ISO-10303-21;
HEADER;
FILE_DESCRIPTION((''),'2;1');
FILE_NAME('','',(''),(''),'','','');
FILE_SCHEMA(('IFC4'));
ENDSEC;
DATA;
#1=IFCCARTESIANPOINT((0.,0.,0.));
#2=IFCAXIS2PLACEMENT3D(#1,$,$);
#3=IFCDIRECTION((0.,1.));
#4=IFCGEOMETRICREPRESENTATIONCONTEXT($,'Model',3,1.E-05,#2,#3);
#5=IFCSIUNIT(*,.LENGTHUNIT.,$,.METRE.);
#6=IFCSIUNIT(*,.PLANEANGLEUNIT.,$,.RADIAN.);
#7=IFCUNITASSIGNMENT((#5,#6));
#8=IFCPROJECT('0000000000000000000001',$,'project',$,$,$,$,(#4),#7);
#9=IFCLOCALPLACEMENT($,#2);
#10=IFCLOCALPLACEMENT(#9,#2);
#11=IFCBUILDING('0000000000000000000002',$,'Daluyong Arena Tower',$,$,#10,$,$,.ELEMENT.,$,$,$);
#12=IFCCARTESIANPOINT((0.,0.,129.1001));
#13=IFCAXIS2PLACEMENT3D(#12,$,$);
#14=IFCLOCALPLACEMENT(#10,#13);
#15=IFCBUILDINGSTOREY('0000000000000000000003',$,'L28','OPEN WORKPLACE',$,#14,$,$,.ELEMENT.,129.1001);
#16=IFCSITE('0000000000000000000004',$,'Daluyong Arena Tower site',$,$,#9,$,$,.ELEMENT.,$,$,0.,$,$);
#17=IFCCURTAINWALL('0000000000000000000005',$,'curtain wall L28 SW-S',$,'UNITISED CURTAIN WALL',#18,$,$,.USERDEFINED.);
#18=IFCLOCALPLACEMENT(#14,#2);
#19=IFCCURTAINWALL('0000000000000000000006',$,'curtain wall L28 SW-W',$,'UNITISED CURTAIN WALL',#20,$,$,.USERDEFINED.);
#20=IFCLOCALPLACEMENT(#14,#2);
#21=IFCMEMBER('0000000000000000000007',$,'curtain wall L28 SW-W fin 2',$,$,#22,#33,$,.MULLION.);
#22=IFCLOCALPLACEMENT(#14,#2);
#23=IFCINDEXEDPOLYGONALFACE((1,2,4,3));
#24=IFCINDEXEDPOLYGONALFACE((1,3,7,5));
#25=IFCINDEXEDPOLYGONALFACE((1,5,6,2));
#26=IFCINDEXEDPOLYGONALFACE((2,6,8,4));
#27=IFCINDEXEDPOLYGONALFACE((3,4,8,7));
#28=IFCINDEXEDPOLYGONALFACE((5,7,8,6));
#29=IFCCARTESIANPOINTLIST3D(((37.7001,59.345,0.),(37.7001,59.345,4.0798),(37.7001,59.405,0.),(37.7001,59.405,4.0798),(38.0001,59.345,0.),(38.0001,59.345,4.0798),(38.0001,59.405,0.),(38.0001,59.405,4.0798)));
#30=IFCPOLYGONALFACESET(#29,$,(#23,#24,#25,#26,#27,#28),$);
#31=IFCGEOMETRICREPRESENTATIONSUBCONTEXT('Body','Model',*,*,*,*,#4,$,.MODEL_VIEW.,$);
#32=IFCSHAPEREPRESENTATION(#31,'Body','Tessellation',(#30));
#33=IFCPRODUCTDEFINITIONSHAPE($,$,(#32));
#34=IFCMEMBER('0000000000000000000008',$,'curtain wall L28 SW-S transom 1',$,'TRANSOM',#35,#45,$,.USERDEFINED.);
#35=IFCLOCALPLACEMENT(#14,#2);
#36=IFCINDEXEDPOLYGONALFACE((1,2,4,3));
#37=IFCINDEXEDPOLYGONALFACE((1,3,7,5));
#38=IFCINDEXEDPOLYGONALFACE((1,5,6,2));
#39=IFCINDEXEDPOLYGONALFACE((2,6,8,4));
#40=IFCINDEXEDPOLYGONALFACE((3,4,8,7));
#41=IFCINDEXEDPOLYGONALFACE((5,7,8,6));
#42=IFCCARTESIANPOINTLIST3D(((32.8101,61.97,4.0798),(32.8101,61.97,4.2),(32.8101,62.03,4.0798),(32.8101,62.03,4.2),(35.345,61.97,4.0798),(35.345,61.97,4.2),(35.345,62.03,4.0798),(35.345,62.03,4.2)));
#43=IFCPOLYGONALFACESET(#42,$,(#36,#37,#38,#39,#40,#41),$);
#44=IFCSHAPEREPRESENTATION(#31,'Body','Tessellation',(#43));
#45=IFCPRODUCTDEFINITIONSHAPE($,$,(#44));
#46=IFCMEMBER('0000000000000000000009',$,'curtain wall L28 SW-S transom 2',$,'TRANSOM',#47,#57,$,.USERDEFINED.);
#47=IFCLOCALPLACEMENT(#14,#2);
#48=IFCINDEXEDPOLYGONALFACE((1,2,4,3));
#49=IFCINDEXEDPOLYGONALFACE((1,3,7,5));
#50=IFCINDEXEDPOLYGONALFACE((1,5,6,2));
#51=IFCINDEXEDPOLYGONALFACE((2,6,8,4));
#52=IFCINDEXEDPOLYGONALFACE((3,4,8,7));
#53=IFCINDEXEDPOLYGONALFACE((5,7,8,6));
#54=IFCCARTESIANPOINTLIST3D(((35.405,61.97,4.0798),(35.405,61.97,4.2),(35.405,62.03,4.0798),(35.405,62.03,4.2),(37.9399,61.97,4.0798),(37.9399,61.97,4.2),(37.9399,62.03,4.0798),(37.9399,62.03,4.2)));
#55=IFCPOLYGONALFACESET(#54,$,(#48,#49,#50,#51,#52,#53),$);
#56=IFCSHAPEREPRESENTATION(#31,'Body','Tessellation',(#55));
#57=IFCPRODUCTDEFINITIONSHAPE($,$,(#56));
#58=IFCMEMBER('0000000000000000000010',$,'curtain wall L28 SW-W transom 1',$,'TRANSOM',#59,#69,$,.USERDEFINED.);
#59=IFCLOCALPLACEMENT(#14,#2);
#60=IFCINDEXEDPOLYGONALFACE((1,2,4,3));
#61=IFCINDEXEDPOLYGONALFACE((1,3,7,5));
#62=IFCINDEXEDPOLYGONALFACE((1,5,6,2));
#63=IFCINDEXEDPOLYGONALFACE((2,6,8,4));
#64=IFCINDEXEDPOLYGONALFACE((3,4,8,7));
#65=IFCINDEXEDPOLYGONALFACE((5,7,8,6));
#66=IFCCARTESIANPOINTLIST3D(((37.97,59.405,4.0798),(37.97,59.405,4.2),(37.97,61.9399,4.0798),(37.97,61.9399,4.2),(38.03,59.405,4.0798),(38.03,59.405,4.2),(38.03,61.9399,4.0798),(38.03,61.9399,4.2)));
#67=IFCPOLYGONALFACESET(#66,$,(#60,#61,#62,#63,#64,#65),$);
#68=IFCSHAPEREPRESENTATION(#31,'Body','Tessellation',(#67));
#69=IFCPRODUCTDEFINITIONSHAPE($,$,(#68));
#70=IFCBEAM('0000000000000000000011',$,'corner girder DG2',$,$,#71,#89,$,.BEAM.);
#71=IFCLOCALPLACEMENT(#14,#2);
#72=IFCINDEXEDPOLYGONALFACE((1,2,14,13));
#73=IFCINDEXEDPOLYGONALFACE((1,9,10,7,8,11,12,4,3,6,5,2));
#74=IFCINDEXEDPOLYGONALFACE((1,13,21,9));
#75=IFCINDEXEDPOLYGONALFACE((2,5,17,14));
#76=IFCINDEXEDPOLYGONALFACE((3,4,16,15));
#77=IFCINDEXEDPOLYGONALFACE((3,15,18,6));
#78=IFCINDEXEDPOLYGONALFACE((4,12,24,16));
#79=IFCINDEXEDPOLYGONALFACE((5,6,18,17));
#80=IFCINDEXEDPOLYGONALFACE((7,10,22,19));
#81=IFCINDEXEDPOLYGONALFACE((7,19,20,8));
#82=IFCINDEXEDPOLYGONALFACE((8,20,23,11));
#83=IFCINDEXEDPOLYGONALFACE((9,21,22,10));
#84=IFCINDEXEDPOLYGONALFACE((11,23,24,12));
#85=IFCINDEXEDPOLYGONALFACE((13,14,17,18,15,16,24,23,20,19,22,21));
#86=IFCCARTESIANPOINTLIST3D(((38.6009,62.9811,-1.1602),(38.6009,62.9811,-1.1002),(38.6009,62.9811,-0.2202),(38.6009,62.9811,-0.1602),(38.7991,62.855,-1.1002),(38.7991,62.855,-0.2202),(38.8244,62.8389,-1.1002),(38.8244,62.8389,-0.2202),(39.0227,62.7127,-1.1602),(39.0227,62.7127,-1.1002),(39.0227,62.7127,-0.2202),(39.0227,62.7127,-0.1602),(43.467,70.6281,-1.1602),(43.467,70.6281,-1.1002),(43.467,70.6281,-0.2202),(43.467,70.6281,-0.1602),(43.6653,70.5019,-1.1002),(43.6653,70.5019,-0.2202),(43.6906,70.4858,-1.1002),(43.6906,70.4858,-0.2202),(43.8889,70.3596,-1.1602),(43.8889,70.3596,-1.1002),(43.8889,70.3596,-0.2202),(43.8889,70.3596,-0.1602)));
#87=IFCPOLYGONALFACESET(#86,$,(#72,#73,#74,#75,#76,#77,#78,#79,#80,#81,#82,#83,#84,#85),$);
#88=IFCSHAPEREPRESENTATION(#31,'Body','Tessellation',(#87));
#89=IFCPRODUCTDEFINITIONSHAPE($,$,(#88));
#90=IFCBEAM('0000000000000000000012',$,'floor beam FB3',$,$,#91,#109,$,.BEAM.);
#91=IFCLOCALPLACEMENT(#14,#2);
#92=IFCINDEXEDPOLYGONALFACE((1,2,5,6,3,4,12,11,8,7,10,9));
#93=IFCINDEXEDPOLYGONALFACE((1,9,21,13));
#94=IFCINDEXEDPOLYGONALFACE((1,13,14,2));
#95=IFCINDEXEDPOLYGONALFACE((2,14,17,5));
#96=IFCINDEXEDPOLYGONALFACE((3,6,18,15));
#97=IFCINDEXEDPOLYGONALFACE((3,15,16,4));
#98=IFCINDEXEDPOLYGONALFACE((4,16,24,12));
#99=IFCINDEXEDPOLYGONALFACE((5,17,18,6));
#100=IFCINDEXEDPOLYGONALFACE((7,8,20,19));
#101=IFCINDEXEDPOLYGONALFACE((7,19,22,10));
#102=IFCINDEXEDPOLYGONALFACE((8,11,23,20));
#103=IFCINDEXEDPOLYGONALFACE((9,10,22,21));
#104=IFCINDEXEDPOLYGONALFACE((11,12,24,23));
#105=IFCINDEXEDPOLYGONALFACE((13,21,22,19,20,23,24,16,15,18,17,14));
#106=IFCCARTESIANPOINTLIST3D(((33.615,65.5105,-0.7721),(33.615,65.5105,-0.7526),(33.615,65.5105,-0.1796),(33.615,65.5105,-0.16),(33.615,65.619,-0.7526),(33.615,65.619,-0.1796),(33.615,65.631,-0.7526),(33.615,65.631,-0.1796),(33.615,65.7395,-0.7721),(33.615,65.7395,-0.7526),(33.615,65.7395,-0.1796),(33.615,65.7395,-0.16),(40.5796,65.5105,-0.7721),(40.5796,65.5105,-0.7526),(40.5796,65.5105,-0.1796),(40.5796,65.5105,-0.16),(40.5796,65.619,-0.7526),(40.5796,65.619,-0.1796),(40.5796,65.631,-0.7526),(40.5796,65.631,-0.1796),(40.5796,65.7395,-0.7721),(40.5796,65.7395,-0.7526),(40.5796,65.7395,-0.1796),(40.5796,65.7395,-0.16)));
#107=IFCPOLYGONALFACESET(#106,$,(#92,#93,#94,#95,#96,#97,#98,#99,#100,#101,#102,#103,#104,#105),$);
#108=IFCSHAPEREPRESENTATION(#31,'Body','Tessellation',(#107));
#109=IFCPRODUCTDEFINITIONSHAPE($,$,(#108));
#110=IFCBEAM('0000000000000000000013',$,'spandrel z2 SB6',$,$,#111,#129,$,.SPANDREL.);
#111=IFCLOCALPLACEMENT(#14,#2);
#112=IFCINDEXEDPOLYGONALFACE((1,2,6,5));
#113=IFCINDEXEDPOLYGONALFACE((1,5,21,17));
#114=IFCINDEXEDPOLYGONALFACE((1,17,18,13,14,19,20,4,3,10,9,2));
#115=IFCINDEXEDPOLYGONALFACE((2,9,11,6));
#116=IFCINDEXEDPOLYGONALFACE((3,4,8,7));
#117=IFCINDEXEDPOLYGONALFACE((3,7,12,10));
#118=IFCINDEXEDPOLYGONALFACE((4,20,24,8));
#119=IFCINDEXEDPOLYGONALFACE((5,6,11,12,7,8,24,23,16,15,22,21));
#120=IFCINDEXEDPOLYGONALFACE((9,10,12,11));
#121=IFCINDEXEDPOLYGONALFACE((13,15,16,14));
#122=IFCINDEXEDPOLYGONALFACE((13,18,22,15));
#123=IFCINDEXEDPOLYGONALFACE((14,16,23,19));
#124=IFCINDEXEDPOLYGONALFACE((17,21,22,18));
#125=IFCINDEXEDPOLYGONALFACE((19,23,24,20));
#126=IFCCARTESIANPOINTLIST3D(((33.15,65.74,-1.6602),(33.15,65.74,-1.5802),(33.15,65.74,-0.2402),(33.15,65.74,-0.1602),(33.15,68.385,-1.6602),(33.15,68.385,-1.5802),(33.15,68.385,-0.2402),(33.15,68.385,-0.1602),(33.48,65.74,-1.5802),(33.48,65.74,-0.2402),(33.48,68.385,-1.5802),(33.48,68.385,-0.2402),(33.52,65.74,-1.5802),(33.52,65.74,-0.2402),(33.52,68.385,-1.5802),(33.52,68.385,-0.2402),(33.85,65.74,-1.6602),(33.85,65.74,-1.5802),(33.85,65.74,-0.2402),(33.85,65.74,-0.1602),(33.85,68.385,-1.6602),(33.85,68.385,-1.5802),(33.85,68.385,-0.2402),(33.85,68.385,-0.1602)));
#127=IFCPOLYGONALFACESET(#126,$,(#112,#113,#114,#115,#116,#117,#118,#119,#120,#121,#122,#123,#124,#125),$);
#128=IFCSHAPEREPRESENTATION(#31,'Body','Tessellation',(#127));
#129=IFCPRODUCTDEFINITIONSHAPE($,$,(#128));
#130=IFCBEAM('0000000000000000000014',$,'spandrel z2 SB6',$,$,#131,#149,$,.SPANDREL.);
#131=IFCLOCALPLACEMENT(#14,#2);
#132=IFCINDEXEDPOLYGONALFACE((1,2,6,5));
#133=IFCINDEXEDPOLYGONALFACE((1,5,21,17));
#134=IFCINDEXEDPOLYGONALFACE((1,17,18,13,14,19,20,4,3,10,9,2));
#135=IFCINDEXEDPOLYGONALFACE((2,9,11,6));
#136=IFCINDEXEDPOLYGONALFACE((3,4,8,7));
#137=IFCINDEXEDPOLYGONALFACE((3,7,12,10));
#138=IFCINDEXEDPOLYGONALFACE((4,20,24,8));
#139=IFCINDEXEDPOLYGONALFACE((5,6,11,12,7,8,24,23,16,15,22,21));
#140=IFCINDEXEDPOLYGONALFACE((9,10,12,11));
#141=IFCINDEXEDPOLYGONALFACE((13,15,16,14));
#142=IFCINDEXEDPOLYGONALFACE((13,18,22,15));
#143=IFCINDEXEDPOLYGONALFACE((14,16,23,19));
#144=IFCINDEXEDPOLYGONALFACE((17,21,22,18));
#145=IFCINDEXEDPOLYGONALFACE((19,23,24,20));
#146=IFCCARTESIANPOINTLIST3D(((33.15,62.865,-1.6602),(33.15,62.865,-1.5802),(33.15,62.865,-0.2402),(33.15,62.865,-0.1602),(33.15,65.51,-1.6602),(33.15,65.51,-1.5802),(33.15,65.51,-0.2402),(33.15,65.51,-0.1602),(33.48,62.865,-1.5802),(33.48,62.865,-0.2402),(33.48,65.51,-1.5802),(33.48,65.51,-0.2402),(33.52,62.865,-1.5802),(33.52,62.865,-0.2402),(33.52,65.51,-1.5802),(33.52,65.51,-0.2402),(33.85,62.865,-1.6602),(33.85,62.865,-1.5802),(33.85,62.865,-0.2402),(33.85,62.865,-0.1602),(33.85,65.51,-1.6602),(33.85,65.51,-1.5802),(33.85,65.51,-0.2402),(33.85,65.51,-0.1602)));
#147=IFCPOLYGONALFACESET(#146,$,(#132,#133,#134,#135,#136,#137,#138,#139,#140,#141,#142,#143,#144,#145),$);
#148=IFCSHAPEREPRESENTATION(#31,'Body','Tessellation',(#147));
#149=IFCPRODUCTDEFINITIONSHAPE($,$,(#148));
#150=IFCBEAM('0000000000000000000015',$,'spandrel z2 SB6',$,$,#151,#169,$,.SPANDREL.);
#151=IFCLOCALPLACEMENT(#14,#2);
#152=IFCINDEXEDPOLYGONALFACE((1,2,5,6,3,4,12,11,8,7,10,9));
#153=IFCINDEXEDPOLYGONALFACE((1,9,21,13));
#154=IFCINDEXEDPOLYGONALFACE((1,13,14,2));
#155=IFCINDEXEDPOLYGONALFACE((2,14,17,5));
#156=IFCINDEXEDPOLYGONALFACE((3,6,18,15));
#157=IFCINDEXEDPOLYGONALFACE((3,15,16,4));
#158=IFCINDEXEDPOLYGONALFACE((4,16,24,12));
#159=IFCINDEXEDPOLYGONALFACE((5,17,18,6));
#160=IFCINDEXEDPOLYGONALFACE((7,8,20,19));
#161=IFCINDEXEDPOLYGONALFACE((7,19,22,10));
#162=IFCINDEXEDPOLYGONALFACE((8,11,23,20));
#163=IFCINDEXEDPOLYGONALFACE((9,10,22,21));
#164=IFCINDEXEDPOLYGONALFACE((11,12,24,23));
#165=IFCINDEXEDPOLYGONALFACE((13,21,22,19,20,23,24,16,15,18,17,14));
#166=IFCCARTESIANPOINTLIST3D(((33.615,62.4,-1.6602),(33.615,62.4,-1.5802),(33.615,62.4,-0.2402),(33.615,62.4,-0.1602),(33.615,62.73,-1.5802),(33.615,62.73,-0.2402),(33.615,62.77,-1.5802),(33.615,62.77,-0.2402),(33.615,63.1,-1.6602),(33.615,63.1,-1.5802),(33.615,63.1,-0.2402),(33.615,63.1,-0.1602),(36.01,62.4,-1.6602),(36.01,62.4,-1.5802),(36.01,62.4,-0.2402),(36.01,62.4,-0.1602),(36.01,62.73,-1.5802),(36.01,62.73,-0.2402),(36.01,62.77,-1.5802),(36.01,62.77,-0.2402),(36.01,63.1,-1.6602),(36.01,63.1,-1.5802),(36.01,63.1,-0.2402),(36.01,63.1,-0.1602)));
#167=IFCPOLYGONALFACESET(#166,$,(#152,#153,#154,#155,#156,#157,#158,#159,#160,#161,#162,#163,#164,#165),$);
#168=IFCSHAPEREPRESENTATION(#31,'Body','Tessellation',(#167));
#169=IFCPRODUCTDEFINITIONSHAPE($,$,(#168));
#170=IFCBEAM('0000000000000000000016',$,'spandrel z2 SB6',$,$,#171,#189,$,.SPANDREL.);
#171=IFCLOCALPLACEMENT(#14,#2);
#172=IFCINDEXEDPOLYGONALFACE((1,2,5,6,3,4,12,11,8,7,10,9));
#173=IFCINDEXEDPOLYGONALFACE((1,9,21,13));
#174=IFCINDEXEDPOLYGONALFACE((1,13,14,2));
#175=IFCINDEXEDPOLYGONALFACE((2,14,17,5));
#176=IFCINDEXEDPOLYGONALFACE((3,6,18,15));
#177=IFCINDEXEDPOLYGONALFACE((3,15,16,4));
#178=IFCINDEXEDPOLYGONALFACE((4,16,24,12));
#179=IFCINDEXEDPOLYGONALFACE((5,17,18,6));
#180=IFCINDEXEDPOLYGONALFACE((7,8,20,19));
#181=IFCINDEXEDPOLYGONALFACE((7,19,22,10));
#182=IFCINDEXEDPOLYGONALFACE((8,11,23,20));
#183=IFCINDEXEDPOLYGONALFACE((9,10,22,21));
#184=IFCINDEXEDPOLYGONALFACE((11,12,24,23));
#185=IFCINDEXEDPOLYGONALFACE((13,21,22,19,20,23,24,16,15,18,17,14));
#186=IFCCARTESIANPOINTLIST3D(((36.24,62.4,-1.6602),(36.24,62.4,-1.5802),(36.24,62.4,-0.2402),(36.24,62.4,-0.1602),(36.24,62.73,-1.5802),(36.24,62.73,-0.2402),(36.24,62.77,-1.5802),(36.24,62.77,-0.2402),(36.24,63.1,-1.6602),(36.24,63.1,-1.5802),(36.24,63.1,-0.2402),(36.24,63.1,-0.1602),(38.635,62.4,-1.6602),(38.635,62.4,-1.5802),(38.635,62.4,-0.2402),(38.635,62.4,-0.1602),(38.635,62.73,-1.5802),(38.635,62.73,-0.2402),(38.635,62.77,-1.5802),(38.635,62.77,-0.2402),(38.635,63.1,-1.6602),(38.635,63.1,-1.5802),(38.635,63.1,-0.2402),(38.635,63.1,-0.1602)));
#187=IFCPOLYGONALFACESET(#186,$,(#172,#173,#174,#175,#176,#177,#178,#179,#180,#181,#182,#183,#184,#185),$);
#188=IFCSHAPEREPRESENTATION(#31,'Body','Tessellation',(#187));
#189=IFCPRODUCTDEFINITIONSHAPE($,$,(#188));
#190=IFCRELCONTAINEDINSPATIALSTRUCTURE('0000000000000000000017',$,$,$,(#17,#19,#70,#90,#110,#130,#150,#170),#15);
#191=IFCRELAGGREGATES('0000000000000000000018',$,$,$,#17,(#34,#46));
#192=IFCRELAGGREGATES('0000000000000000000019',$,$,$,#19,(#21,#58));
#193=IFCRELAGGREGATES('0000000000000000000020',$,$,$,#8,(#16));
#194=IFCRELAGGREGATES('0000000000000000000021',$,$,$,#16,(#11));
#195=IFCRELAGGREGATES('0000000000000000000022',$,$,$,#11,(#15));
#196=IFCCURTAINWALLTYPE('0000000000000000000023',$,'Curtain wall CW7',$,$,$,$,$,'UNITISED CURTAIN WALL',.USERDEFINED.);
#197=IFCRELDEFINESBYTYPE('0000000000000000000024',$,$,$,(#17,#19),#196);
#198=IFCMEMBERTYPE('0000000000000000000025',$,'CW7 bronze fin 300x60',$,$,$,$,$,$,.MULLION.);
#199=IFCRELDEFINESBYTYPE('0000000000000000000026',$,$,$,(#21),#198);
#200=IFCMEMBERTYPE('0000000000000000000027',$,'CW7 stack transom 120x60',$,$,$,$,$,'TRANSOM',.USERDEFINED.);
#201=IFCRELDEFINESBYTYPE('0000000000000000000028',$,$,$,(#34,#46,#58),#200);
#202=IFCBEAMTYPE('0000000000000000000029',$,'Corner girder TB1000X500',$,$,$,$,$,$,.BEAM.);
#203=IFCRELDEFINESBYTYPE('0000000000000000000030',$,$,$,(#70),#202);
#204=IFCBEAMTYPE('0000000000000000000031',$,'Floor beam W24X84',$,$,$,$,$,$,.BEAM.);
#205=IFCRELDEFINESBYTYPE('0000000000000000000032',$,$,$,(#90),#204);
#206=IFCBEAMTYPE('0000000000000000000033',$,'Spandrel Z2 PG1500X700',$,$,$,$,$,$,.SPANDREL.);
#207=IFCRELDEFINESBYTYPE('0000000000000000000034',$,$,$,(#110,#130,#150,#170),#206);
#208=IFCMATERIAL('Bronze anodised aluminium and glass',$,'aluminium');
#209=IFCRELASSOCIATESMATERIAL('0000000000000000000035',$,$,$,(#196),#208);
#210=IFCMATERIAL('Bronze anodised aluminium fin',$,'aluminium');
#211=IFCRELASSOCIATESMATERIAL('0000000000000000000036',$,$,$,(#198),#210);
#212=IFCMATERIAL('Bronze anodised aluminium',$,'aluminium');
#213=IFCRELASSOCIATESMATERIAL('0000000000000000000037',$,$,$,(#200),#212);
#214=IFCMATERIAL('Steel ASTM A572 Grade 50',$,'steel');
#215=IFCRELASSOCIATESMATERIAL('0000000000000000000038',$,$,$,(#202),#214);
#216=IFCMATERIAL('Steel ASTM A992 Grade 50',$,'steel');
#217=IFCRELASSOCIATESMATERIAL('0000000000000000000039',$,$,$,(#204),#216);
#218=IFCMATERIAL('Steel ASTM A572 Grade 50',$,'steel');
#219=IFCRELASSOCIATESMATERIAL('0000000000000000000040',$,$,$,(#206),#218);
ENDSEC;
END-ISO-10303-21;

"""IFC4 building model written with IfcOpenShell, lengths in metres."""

from ifc_helpers import new_model, si_unit, direction, frame, origin, origin_2d, place, context, subcontext, project, spatial, rectangle, i_section, extrude, material, material_profile, profile_set, type_object, element, aggregate, save


model = new_model("IFC4")

# Units and contexts
model_context = context("Model", 3, precision=1e-05, world=origin(), true_north=direction((0.0, 1.0)))
body_context = subcontext(model_context, "Body", "Model", "MODEL_VIEW")
ifc_project = project(units=[si_unit("LENGTHUNIT", "METRE"), si_unit("PLANEANGLEUNIT", "RADIAN")], contexts=[model_context])

# Site, building, storey
site_placement = place(None, origin())
site = spatial("IfcSite", under=ifc_project, at=site_placement, Name="Daluyong Arena Tower site", CompositionType="ELEMENT", RefElevation=0.0)
building_placement = place(site_placement, origin())
building = spatial("IfcBuilding", under=site, at=building_placement, Name="Daluyong Arena Tower", CompositionType="ELEMENT")
storey_placement = place(building_placement, frame((0.0, 0.0, 129.1001)))
storey = spatial("IfcBuildingStorey", under=building, at=storey_placement, Name="L28", Description="OPEN WORKPLACE", CompositionType="ELEMENT", Elevation=129.1001)

# Curtain walls, member
ifc_material_1 = material(Name="Bronze anodised aluminium and glass", Category="aluminium")
curtain_wall_type_1 = type_object("IfcCurtainWallType", Name="Curtain wall CW7", ElementType="UNITISED CURTAIN WALL", PredefinedType="USERDEFINED", material=ifc_material_1)
curtain_wall_1_placement = place(storey_placement, origin())
curtain_wall_1 = element("IfcCurtainWall", 1, at=curtain_wall_1_placement, inside=storey, type_object=curtain_wall_type_1, Name="curtain wall L28 SW-S", ObjectType="UNITISED CURTAIN WALL", PredefinedType="USERDEFINED")
ifc_material_2 = material(Name="Bronze anodised aluminium fin", Category="aluminium")
ifc_material_profile_1 = material_profile(ifc_material_2, rectangle(XDim=0.3, YDim=0.0601, at=origin_2d()))
ifc_profile_set_1 = profile_set([ifc_material_profile_1], Name="Bronze anodised aluminium fin")
member_type_1 = type_object("IfcMemberType", Name="CW7 bronze fin 300x60", PredefinedType="MULLION", material=ifc_profile_set_1)
curtain_wall_2_placement = place(storey_placement, origin())
curtain_wall_2 = element("IfcCurtainWall", 2, at=curtain_wall_2_placement, inside=storey, type_object=curtain_wall_type_1, Name="curtain wall L28 SW-W", ObjectType="UNITISED CURTAIN WALL", PredefinedType="USERDEFINED")
member_1_placement = place(storey_placement, frame((37.8501, 59.375, 0.0), z_axis=(0.0, 0.0, 1.0), x_axis=(1.0, 0.0, 0.0)))
member_1 = element("IfcMember", 3, at=member_1_placement, type_object=member_type_1, Name="curtain wall L28 SW-W fin 2", PredefinedType="MULLION", context=body_context, shape_type="SweptSolid", body=[
    extrude(rectangle(XDim=0.3, YDim=0.0601, at=origin_2d()), origin(), (0.0, 0.0, 1.0), 4.0798),
])

# Members
ifc_material_3 = material(Name="Bronze anodised aluminium", Category="aluminium")
ifc_material_profile_2 = material_profile(ifc_material_3, rectangle(XDim=0.0601, YDim=0.1201, at=origin_2d()))
ifc_profile_set_2 = profile_set([ifc_material_profile_2], Name="Bronze anodised aluminium")
member_type_2 = type_object("IfcMemberType", Name="CW7 stack transom 120x60", ElementType="TRANSOM", PredefinedType="USERDEFINED", material=ifc_profile_set_2)
member_2_placement = place(storey_placement, frame((32.8101, 62.0, 4.1399), z_axis=(1.0, 0.0, 0.0), x_axis=(0.0, 1.0, 0.0)))
member_2 = element("IfcMember", 4, at=member_2_placement, type_object=member_type_2, Name="curtain wall L28 SW-S transom 1", ObjectType="TRANSOM", PredefinedType="USERDEFINED", context=body_context, shape_type="SweptSolid", body=[
    extrude(rectangle(XDim=0.0601, YDim=0.1201, at=origin_2d()), origin(), (0.0, 0.0, 1.0), 2.5349),
])
member_3_placement = place(storey_placement, frame((35.405, 62.0, 4.1399), z_axis=(1.0, 0.0, 0.0), x_axis=(0.0, 1.0, 0.0)))
member_3 = element("IfcMember", 5, at=member_3_placement, type_object=member_type_2, Name="curtain wall L28 SW-S transom 2", ObjectType="TRANSOM", PredefinedType="USERDEFINED", context=body_context, shape_type="SweptSolid", body=[
    extrude(rectangle(XDim=0.0601, YDim=0.1201, at=origin_2d()), origin(), (0.0, 0.0, 1.0), 2.5349),
])
member_4_placement = place(storey_placement, frame((38.0, 61.9399, 4.1399), z_axis=(0.0, -1.0, 0.0), x_axis=(1.0, 0.0, 0.0)))
member_4 = element("IfcMember", 6, at=member_4_placement, type_object=member_type_2, Name="curtain wall L28 SW-W transom 1", ObjectType="TRANSOM", PredefinedType="USERDEFINED", context=body_context, shape_type="SweptSolid", body=[
    extrude(rectangle(XDim=0.0601, YDim=0.1201, at=origin_2d()), origin(), (0.0, 0.0, 1.0), 2.5349),
])

# Beams
ifc_material_4 = material(Name="Steel ASTM A572 Grade 50", Category="steel")
ifc_material_profile_3 = material_profile(ifc_material_4, i_section(OverallWidth=0.5, OverallDepth=1.0, WebThickness=0.03, FlangeThickness=0.06, at=origin_2d()))
ifc_profile_set_3 = profile_set([ifc_material_profile_3], Name="Steel ASTM A572 Grade 50")
beam_type_1 = type_object("IfcBeamType", Name="Corner girder TB1000X500", PredefinedType="BEAM", material=ifc_profile_set_3)
beam_1_placement = place(storey_placement, frame((38.8118, 62.8469, -0.6602), z_axis=(0.536872, 0.843664, 0.0), x_axis=(-0.843664, 0.536872, 0.0)))
element("IfcBeam", 7, at=beam_1_placement, inside=storey, type_object=beam_type_1, Name="corner girder DG2", PredefinedType="BEAM", context=body_context, shape_type="SweptSolid", body=[
    extrude(i_section(OverallWidth=0.5, OverallDepth=1.0, WebThickness=0.03, FlangeThickness=0.06, at=origin_2d()), origin(), (0.0, 0.0, 1.0), 9.064),
])
ifc_material_5 = material(Name="Steel ASTM A992 Grade 50", Category="steel")
ifc_material_profile_4 = material_profile(ifc_material_5, i_section(OverallWidth=0.229, OverallDepth=0.6121, WebThickness=0.012, FlangeThickness=0.0195, at=origin_2d()))
ifc_profile_set_4 = profile_set([ifc_material_profile_4], Name="Steel ASTM A992 Grade 50")
beam_type_2 = type_object("IfcBeamType", Name="Floor beam W24X84", PredefinedType="BEAM", material=ifc_profile_set_4)
beam_2_placement = place(storey_placement, frame((33.615, 65.625, -0.4661), z_axis=(1.0, 0.0, 0.0), x_axis=(0.0, 1.0, 0.0)))
element("IfcBeam", 8, at=beam_2_placement, inside=storey, type_object=beam_type_2, Name="floor beam FB3", PredefinedType="BEAM", context=body_context, shape_type="SweptSolid", body=[
    extrude(i_section(OverallWidth=0.229, OverallDepth=0.6121, WebThickness=0.012, FlangeThickness=0.0195, at=origin_2d()), origin(), (0.0, 0.0, 1.0), 6.9646),
])
ifc_material_6 = material(Name="Steel ASTM A572 Grade 50", Category="steel")
ifc_material_profile_5 = material_profile(ifc_material_6, i_section(OverallWidth=0.7, OverallDepth=1.5, WebThickness=0.04, FlangeThickness=0.08, at=origin_2d()))
ifc_profile_set_5 = profile_set([ifc_material_profile_5], Name="Steel ASTM A572 Grade 50")
beam_type_3 = type_object("IfcBeamType", Name="Spandrel Z2 PG1500X700", PredefinedType="SPANDREL", material=ifc_profile_set_5)
for number, where, z_axis, x_axis, name in (
    (9, (33.5, 68.385, -0.9102), (0.0, -1.0, 0.0), (1.0, 0.0, 0.0), "spandrel z2 SB6"),
    (10, (33.5, 65.51, -0.9102), (0.0, -1.0, 0.0), (1.0, 0.0, 0.0), "spandrel z2 SB6"),
):
    element("IfcBeam", number, at=place(storey_placement, frame(where, z_axis=z_axis, x_axis=x_axis)), inside=storey, type_object=beam_type_3, Name=name, PredefinedType="SPANDREL", context=body_context, shape_type="SweptSolid", body=[
        extrude(i_section(OverallWidth=0.7, OverallDepth=1.5, WebThickness=0.04, FlangeThickness=0.08, at=origin_2d()), origin(), (0.0, 0.0, 1.0), 2.645),
    ])
for number, where, z_axis, x_axis, name in (
    (11, (33.615, 62.75, -0.9102), (1.0, 0.0, 0.0), (0.0, 1.0, 0.0), "spandrel z2 SB6"),
    (12, (36.24, 62.75, -0.9102), (1.0, 0.0, 0.0), (0.0, 1.0, 0.0), "spandrel z2 SB6"),
):
    element("IfcBeam", number, at=place(storey_placement, frame(where, z_axis=z_axis, x_axis=x_axis)), inside=storey, type_object=beam_type_3, Name=name, PredefinedType="SPANDREL", context=body_context, shape_type="SweptSolid", body=[
        extrude(i_section(OverallWidth=0.7, OverallDepth=1.5, WebThickness=0.04, FlangeThickness=0.08, at=origin_2d()), origin(), (0.0, 0.0, 1.0), 2.395),
    ])

aggregate(curtain_wall_1, [member_2, member_3])
aggregate(curtain_wall_2, [member_1, member_4])

save(model, "model.ifc")
